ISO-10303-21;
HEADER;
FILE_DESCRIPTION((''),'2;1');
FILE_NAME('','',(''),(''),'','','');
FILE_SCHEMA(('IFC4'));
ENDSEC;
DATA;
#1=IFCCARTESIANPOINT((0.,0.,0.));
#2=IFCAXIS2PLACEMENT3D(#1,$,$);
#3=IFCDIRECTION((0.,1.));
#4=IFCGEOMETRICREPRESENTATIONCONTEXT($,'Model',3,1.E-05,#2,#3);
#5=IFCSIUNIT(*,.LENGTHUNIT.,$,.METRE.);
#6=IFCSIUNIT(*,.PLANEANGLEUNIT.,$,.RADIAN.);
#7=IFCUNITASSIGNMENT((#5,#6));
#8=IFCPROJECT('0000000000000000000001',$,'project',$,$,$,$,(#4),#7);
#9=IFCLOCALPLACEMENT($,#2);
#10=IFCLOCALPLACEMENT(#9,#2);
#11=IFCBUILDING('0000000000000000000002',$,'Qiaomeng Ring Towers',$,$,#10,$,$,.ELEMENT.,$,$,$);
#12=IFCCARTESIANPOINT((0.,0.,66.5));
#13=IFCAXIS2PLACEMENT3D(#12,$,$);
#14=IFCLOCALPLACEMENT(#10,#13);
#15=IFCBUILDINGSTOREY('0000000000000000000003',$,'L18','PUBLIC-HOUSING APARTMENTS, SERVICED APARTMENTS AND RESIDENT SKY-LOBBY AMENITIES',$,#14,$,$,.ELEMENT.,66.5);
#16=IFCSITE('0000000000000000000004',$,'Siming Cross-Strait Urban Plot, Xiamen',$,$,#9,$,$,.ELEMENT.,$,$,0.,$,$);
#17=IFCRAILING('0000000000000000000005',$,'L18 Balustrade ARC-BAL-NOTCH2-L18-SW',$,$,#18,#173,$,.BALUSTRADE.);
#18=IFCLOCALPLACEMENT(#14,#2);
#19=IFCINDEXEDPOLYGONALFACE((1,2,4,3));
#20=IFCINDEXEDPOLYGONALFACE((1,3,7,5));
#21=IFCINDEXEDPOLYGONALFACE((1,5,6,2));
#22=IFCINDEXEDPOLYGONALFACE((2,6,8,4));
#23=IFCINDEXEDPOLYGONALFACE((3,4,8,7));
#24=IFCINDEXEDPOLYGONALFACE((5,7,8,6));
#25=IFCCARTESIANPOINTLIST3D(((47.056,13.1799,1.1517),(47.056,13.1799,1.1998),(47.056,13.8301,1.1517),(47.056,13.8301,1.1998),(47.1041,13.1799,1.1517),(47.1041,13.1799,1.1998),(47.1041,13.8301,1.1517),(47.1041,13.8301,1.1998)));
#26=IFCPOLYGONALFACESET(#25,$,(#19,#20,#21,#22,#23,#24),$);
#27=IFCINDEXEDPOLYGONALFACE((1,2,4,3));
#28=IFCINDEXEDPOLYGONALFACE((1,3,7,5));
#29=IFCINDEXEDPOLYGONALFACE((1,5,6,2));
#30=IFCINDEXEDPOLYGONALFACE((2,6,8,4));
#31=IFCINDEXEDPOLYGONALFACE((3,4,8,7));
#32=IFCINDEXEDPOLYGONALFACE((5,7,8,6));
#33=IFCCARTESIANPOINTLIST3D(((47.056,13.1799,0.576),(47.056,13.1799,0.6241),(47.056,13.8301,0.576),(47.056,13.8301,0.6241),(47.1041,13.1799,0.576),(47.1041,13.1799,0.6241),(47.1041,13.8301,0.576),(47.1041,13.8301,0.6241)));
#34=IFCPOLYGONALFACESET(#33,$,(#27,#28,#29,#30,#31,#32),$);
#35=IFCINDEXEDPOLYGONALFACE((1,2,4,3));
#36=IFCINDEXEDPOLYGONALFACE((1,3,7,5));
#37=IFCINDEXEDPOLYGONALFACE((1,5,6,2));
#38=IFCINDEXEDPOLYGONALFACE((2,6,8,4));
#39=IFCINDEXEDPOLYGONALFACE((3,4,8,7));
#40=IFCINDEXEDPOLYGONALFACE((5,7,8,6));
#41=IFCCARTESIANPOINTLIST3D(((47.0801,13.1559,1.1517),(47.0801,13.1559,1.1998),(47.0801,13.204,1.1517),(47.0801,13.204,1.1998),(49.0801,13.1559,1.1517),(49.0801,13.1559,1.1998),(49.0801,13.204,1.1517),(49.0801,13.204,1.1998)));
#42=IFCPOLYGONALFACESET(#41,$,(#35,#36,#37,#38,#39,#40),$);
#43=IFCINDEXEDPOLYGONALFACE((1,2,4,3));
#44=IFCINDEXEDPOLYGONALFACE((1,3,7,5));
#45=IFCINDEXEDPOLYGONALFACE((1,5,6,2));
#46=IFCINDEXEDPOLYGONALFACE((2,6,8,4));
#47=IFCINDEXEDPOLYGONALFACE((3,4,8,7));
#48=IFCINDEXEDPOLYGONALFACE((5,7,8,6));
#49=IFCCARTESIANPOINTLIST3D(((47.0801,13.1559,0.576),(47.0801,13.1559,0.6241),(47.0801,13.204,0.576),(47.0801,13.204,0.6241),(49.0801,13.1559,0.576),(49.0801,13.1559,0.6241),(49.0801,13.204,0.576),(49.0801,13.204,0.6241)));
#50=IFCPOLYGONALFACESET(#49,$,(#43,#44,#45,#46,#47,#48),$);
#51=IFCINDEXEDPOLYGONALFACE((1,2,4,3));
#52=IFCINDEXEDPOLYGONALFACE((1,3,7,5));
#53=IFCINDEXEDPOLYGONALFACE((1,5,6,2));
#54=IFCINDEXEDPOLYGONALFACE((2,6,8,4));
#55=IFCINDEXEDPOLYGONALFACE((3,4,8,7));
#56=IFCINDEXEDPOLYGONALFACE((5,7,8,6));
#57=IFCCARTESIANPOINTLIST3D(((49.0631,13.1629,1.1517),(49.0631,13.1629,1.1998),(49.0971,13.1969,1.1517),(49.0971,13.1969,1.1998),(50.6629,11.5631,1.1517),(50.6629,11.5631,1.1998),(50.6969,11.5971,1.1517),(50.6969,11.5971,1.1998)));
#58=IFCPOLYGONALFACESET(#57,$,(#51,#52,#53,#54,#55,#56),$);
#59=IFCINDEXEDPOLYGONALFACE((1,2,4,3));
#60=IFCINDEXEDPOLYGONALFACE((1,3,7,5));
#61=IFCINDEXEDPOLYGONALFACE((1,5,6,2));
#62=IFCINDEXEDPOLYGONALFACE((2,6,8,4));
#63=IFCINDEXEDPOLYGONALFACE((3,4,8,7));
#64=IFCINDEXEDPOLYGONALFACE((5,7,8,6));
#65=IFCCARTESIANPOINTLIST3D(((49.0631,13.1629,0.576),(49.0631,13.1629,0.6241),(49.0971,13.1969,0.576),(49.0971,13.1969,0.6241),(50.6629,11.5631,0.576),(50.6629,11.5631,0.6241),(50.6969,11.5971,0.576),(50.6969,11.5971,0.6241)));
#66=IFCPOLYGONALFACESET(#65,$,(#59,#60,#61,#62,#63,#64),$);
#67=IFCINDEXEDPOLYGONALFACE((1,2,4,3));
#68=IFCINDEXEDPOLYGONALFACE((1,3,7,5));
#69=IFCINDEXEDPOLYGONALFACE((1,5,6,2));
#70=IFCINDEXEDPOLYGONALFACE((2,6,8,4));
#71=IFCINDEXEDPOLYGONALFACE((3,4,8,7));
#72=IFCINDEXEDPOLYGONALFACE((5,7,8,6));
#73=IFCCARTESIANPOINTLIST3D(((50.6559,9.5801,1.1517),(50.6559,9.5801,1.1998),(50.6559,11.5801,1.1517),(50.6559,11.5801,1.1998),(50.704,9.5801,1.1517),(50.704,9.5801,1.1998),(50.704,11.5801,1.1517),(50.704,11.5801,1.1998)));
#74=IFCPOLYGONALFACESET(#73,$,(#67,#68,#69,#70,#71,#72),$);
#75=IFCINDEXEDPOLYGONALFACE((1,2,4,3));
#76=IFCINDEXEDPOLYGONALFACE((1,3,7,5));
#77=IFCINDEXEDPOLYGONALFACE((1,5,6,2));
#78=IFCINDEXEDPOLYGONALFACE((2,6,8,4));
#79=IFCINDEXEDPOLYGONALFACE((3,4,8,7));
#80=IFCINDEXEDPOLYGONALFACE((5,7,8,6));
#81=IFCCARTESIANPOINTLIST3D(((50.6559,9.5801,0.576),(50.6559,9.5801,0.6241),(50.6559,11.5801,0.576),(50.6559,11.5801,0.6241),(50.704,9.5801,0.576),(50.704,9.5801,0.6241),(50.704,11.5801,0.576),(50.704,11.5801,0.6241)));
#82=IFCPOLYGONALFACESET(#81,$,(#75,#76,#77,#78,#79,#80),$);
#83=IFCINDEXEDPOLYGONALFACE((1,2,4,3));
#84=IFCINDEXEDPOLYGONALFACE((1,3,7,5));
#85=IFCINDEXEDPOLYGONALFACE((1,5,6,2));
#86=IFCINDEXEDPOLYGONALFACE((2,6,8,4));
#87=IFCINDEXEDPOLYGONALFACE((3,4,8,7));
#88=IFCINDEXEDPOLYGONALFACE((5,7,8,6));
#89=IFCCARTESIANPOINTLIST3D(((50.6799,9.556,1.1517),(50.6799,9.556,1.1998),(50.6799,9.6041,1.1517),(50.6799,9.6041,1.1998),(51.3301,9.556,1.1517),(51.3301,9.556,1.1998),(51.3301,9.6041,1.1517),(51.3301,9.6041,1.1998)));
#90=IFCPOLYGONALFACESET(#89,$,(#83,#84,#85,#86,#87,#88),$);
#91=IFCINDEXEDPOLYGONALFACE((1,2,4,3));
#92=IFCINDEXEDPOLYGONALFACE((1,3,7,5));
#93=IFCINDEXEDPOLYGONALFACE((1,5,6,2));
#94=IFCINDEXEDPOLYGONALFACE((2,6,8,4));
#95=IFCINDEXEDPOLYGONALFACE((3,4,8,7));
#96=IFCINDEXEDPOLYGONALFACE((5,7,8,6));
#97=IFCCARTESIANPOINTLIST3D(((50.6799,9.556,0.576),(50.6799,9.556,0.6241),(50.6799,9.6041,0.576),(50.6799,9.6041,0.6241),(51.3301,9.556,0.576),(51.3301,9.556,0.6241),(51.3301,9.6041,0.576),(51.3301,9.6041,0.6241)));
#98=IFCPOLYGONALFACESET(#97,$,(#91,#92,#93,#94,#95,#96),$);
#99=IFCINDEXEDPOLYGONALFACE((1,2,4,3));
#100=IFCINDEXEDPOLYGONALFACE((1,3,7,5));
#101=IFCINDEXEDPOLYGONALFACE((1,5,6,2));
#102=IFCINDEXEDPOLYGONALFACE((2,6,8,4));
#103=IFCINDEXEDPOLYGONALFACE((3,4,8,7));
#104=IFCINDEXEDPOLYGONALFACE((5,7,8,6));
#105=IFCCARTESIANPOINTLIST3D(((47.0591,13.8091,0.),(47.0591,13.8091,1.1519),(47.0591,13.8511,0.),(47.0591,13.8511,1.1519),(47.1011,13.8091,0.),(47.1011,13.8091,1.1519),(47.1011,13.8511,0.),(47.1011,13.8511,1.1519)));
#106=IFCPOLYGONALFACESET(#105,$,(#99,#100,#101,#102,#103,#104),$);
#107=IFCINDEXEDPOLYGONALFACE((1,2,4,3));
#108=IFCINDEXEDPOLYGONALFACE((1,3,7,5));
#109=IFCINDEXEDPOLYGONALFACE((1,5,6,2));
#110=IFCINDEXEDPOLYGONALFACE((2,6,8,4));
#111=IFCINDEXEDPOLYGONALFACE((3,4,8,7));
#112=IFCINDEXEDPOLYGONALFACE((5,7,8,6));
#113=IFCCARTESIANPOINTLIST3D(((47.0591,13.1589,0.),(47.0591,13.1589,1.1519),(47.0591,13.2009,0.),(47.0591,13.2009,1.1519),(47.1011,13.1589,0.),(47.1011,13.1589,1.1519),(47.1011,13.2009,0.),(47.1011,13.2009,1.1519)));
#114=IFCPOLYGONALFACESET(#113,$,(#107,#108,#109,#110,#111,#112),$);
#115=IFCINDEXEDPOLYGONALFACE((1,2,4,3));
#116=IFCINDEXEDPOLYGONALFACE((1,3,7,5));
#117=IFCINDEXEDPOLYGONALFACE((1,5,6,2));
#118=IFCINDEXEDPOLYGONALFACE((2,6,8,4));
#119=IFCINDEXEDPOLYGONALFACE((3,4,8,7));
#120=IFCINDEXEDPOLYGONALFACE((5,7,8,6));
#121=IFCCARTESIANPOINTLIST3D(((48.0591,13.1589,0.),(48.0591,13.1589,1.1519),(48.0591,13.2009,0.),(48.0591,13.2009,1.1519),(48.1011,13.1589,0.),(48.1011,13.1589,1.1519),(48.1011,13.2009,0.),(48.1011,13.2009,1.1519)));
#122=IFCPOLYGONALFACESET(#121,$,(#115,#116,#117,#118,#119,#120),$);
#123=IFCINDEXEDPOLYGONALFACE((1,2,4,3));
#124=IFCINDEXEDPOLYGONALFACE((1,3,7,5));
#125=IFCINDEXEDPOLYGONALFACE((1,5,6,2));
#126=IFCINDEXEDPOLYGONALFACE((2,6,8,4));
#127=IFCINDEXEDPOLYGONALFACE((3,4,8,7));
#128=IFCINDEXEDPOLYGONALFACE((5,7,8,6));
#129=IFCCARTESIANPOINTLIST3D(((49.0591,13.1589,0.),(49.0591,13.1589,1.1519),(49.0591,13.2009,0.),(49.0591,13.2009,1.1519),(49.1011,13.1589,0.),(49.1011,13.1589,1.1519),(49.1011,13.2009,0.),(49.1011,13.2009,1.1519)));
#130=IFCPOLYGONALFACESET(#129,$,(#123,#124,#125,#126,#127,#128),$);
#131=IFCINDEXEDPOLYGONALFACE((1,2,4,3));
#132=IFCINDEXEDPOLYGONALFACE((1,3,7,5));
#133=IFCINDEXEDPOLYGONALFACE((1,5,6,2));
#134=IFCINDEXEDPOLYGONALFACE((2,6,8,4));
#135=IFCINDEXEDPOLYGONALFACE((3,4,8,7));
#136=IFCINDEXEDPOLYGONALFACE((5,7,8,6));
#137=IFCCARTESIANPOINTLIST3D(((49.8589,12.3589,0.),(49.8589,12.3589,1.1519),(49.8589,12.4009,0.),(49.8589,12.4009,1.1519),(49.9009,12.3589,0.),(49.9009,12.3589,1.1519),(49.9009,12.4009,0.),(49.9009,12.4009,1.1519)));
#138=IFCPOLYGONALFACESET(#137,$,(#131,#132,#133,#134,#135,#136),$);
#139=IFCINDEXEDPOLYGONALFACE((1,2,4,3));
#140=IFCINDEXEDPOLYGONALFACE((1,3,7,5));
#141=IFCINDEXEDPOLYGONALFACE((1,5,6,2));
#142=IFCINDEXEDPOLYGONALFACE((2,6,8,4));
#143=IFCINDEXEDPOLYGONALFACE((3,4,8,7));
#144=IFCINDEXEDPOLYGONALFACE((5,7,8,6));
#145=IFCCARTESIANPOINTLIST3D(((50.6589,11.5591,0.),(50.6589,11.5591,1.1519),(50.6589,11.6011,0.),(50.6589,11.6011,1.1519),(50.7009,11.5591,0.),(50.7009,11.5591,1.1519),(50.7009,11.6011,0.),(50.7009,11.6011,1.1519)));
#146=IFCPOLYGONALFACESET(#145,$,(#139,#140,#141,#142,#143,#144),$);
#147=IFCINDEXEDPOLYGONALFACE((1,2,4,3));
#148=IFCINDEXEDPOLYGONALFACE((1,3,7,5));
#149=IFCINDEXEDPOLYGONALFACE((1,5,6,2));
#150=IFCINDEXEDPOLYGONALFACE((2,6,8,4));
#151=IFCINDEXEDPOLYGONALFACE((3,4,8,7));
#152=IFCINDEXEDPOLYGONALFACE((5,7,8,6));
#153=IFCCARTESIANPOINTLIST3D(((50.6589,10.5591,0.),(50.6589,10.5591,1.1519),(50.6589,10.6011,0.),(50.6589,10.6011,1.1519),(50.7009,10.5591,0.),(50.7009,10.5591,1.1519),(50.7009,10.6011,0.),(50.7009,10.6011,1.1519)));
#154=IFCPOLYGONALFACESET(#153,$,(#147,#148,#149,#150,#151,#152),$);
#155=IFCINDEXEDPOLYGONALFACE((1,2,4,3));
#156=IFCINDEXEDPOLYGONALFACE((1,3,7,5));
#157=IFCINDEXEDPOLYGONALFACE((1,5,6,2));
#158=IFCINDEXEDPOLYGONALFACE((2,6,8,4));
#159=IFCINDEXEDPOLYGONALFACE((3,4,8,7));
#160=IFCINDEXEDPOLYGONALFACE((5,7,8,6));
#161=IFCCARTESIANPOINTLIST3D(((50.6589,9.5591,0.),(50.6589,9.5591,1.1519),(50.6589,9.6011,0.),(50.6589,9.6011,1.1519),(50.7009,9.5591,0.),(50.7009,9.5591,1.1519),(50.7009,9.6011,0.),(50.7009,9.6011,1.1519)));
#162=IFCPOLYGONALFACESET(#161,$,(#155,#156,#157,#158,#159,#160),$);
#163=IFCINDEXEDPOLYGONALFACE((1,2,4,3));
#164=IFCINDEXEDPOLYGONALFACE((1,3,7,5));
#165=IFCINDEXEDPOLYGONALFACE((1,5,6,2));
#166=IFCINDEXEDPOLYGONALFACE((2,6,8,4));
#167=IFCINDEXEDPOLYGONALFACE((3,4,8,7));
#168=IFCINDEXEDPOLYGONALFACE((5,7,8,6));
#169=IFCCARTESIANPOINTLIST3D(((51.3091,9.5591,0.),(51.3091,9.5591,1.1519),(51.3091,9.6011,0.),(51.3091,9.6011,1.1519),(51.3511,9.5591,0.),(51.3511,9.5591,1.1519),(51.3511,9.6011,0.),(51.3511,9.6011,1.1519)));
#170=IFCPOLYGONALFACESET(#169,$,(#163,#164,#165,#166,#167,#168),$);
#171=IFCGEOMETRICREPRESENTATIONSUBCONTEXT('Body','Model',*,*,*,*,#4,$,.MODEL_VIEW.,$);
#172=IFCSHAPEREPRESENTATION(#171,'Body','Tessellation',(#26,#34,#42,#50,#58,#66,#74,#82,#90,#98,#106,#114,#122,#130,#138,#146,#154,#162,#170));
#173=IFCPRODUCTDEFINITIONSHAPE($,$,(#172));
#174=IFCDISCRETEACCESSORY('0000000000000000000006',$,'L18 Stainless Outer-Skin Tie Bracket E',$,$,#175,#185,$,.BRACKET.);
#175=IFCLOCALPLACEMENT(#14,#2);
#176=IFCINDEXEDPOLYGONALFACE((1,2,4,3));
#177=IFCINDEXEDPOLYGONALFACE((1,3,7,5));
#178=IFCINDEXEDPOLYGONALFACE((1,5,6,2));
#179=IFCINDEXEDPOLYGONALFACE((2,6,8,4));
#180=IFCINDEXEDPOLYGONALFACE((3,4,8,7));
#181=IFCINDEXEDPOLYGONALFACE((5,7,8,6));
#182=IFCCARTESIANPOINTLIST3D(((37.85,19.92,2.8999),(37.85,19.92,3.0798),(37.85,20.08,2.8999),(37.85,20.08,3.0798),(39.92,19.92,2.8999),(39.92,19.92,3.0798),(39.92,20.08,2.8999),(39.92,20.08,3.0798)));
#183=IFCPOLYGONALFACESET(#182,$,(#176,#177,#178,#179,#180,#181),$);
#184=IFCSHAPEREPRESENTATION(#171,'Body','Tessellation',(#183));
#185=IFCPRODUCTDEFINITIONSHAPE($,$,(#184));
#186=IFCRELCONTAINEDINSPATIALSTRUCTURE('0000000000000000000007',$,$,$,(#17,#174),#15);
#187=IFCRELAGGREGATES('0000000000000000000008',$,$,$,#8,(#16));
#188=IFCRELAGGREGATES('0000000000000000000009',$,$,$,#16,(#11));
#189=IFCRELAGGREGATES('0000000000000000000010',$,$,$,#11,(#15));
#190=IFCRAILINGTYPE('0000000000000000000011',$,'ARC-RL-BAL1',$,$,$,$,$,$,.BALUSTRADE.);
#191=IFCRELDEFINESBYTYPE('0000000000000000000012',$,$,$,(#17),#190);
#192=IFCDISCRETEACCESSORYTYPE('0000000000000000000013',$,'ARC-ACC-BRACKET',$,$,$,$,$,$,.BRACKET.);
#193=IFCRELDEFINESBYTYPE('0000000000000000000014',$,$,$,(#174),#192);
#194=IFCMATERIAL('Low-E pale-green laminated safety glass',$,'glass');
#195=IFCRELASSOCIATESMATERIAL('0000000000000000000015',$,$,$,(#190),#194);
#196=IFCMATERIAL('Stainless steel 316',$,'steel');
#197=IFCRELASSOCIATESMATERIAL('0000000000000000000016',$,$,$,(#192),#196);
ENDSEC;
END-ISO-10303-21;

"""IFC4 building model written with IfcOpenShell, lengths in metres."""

from ifc_helpers import new_model, si_unit, direction, frame, origin, origin_2d, place, context, subcontext, project, spatial, rectangle, extrude, source, transform, mapped, material, type_object, element, save


model = new_model("IFC4")

# Units and contexts
model_context = context("Model", 3, precision=1e-05, world=origin(), true_north=direction((0.0, 1.0)))
body_context = subcontext(model_context, "Body", "Model", "MODEL_VIEW")
ifc_project = project(units=[si_unit("LENGTHUNIT", "METRE"), si_unit("PLANEANGLEUNIT", "RADIAN")], contexts=[model_context])

# Site, building, storey
site_placement = place(None, origin())
site = spatial("IfcSite", under=ifc_project, at=site_placement, Name="Siming Cross-Strait Urban Plot, Xiamen", CompositionType="ELEMENT", RefElevation=0.0)
building_placement = place(site_placement, origin())
building = spatial("IfcBuilding", under=site, at=building_placement, Name="Qiaomeng Ring Towers", CompositionType="ELEMENT")
storey_placement = place(building_placement, frame((0.0, 0.0, 66.5)))
storey = spatial("IfcBuildingStorey", under=building, at=storey_placement, Name="L18", Description="PUBLIC-HOUSING APARTMENTS, SERVICED APARTMENTS AND RESIDENT SKY-LOBBY AMENITIES", CompositionType="ELEMENT", Elevation=66.5)

# Shared definitions
ifc_material_1 = material(Name="Stainless steel 316", Category="steel")

# Railing
ifc_material_2 = material(Name="Low-E pale-green laminated safety glass", Category="glass")
railing_type = type_object("IfcRailingType", Name="ARC-RL-BAL1", PredefinedType="BALUSTRADE", material=ifc_material_2)
railing_1_placement = place(storey_placement, frame((47.0801, 13.8301, 0.0)))
element("IfcRailing", 1, at=railing_1_placement, inside=storey, type_object=railing_type, Name="L18 Balustrade ARC-BAL-NOTCH2-L18-SW", PredefinedType="BALUSTRADE", context=body_context, shape_type="SweptSolid", body=[
    extrude(rectangle(XDim=0.0481, YDim=0.0481, at=origin_2d()), frame((0.0, 0.0, 1.1758), z_axis=(0.0, -1.0, 0.0), x_axis=(1.0, 0.0, 0.0)), (0.0, 0.0, 1.0), 0.6501),
    extrude(rectangle(XDim=0.0481, YDim=0.0481, at=origin_2d()), frame((0.0, 0.0, 0.6001), z_axis=(0.0, -1.0, 0.0), x_axis=(1.0, 0.0, 0.0)), (0.0, 0.0, 1.0), 0.6501),
    extrude(rectangle(XDim=0.0481, YDim=0.0481, at=origin_2d()), frame((0.0, -0.6501, 1.1758), z_axis=(1.0, 0.0, 0.0), x_axis=(0.0, 1.0, 0.0)), (0.0, 0.0, 1.0), 2.0),
    extrude(rectangle(XDim=0.0481, YDim=0.0481, at=origin_2d()), frame((0.0, -0.6501, 0.6001), z_axis=(1.0, 0.0, 0.0), x_axis=(0.0, 1.0, 0.0)), (0.0, 0.0, 1.0), 2.0),
    extrude(rectangle(XDim=0.0481, YDim=0.0481, at=origin_2d()), frame((2.0, -0.6501, 1.1758), z_axis=(0.707107, -0.707107, 0.0), x_axis=(0.707107, 0.707107, 0.0)), (0.0, 0.0, 1.0), 2.2625),
    extrude(rectangle(XDim=0.0481, YDim=0.0481, at=origin_2d()), frame((2.0, -0.6501, 0.6001), z_axis=(0.707107, -0.707107, 0.0), x_axis=(0.707107, 0.707107, 0.0)), (0.0, 0.0, 1.0), 2.2625),
    extrude(rectangle(XDim=0.0481, YDim=0.0481, at=origin_2d()), frame((3.5999, -2.25, 1.1758), z_axis=(0.0, -1.0, 0.0), x_axis=(1.0, 0.0, 0.0)), (0.0, 0.0, 1.0), 2.0),
    extrude(rectangle(XDim=0.0481, YDim=0.0481, at=origin_2d()), frame((3.5999, -2.25, 0.6001), z_axis=(0.0, -1.0, 0.0), x_axis=(1.0, 0.0, 0.0)), (0.0, 0.0, 1.0), 2.0),
    extrude(rectangle(XDim=0.0481, YDim=0.0481, at=origin_2d()), frame((3.5999, -4.25, 1.1758), z_axis=(1.0, 0.0, 0.0), x_axis=(0.0, 1.0, 0.0)), (0.0, 0.0, 1.0), 0.6501),
    extrude(rectangle(XDim=0.0481, YDim=0.0481, at=origin_2d()), frame((3.5999, -4.25, 0.6001), z_axis=(1.0, 0.0, 0.0), x_axis=(0.0, 1.0, 0.0)), (0.0, 0.0, 1.0), 0.6501),
    extrude(rectangle(XDim=0.042, YDim=0.042, at=origin_2d()), origin(), (0.0, 0.0, 1.0), 1.1519),
    extrude(rectangle(XDim=0.042, YDim=0.042, at=origin_2d()), frame((0.0, -0.6501, 0.0)), (0.0, 0.0, 1.0), 1.1519),
    extrude(rectangle(XDim=0.042, YDim=0.042, at=origin_2d()), frame((1.0, -0.6501, 0.0)), (0.0, 0.0, 1.0), 1.1519),
    extrude(rectangle(XDim=0.042, YDim=0.042, at=origin_2d()), frame((2.0, -0.6501, 0.0)), (0.0, 0.0, 1.0), 1.1519),
    extrude(rectangle(XDim=0.042, YDim=0.042, at=origin_2d()), frame((2.7998, -1.4502, 0.0)), (0.0, 0.0, 1.0), 1.1519),
    extrude(rectangle(XDim=0.042, YDim=0.042, at=origin_2d()), frame((3.5999, -2.25, 0.0)), (0.0, 0.0, 1.0), 1.1519),
    extrude(rectangle(XDim=0.042, YDim=0.042, at=origin_2d()), frame((3.5999, -3.25, 0.0)), (0.0, 0.0, 1.0), 1.1519),
    extrude(rectangle(XDim=0.042, YDim=0.042, at=origin_2d()), frame((3.5999, -4.25, 0.0)), (0.0, 0.0, 1.0), 1.1519),
    extrude(rectangle(XDim=0.042, YDim=0.042, at=origin_2d()), frame((4.25, -4.25, 0.0)), (0.0, 0.0, 1.0), 1.1519),
])

# Discrete accessory
discrete_accessory_type = type_object("IfcDiscreteAccessoryType", Name="ARC-ACC-BRACKET", PredefinedType="BRACKET", material=ifc_material_1)
shared_shape_1 = source(origin(), body_context, "Body", "SweptSolid", [
    extrude(rectangle(XDim=2.0701, YDim=0.1599, at=origin_2d()), origin(), (0.0, 0.0, 1.0), 0.1799),
])
discrete_accessory_placement = place(storey_placement, frame((38.885, 20.0, 2.8999), z_axis=(0.0, 0.0, 1.0), x_axis=(1.0, 0.0, 0.0)))
element("IfcDiscreteAccessory", 2, at=discrete_accessory_placement, inside=storey, type_object=discrete_accessory_type, Name="L18 Stainless Outer-Skin Tie Bracket E", PredefinedType="BRACKET", context=body_context, shape_type="MappedRepresentation", body=[
    mapped(shared_shape_1, transform((0.0, 0.0, 0.0), x_axis=(1.0, 0.0, 0.0), y_axis=(0.0, 1.0, 0.0), z_axis=(0.0, 0.0, 1.0), scale=1.0)),
])

save(model, "model.ifc")
